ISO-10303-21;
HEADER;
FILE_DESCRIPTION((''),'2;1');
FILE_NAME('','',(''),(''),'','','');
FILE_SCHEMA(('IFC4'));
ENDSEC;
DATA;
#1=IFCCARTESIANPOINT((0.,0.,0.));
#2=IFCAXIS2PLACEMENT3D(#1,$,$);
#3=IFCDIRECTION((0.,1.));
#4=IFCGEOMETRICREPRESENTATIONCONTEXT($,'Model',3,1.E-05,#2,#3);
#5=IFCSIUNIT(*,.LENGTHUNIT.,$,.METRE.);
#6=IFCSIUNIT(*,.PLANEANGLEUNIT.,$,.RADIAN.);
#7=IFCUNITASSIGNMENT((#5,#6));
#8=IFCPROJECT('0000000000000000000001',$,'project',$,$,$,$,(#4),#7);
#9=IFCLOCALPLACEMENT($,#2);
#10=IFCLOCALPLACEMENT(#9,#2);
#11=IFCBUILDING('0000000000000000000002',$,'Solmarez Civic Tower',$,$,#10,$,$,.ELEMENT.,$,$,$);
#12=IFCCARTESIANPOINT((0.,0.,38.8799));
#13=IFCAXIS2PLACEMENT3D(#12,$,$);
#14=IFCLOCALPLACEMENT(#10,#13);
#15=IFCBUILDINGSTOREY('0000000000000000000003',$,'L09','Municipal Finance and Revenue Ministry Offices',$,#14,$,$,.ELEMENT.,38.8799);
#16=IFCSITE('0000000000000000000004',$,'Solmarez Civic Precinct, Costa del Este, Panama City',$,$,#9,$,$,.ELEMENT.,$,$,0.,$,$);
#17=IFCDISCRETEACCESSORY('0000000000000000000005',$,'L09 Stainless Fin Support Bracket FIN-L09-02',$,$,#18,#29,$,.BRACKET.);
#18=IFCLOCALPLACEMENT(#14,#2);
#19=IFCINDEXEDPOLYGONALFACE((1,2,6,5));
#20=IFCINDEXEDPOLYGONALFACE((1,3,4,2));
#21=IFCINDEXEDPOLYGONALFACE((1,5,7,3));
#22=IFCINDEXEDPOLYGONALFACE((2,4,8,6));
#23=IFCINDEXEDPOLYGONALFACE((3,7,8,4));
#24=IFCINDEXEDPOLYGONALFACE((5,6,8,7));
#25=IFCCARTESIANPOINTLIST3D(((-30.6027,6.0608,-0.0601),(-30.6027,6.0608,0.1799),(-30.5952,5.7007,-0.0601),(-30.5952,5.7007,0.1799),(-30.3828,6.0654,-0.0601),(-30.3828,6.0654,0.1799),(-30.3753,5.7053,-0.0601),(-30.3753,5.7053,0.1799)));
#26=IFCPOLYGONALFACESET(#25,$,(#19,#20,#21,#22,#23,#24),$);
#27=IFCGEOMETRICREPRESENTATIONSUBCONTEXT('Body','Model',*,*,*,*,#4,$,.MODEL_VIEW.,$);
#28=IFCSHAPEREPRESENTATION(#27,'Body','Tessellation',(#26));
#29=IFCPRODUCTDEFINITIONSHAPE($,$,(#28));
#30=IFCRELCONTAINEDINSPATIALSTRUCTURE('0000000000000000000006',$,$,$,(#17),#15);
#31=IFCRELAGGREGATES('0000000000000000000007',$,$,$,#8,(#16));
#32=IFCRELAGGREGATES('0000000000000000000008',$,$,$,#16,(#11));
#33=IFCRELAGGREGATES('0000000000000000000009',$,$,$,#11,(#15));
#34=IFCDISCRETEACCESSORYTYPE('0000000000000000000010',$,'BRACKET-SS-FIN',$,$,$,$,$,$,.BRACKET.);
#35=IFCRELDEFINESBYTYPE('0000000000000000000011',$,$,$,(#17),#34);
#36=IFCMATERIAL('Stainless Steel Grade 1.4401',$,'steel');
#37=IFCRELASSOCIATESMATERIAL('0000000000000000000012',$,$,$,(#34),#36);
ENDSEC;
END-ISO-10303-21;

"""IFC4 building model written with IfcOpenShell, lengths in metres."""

from ifc_helpers import new_model, si_unit, direction, frame, origin, origin_2d, place, context, subcontext, project, spatial, rectangle, extrude, material, type_object, element, save


model = new_model("IFC4")

# Units and contexts
model_context = context("Model", 3, precision=1e-05, world=origin(), true_north=direction((0.0, 1.0)))
body_context = subcontext(model_context, "Body", "Model", "MODEL_VIEW")
ifc_project = project(units=[si_unit("LENGTHUNIT", "METRE"), si_unit("PLANEANGLEUNIT", "RADIAN")], contexts=[model_context])

# Site, building, storey
site_placement = place(None, origin())
site = spatial("IfcSite", under=ifc_project, at=site_placement, Name="Solmarez Civic Precinct, Costa del Este, Panama City", CompositionType="ELEMENT", RefElevation=0.0)
building_placement = place(site_placement, origin())
building = spatial("IfcBuilding", under=site, at=building_placement, Name="Solmarez Civic Tower", CompositionType="ELEMENT")
storey_placement = place(building_placement, frame((0.0, 0.0, 38.8799)))
storey = spatial("IfcBuildingStorey", under=building, at=storey_placement, Name="L09", Description="Municipal Finance and Revenue Ministry Offices", CompositionType="ELEMENT", Elevation=38.8799)

# Discrete accessory
ifc_material_1 = material(Name="Stainless Steel Grade 1.4401", Category="steel")
discrete_accessory_type = type_object("IfcDiscreteAccessoryType", Name="BRACKET-SS-FIN", PredefinedType="BRACKET", material=ifc_material_1)
discrete_accessory_placement = place(storey_placement, frame((-30.489, 5.8831, -0.0601), z_axis=(0.0, 0.0, 1.0), x_axis=(-0.020949, 0.999781, 0.0)))
element("IfcDiscreteAccessory", 1, at=discrete_accessory_placement, inside=storey, type_object=discrete_accessory_type, Name="L09 Stainless Fin Support Bracket FIN-L09-02", PredefinedType="BRACKET", context=body_context, shape_type="SweptSolid", body=[
    extrude(rectangle(XDim=0.3601, YDim=0.22, at=origin_2d()), origin(), (0.0, 0.0, 1.0), 0.24),
])

save(model, "model.ifc")
